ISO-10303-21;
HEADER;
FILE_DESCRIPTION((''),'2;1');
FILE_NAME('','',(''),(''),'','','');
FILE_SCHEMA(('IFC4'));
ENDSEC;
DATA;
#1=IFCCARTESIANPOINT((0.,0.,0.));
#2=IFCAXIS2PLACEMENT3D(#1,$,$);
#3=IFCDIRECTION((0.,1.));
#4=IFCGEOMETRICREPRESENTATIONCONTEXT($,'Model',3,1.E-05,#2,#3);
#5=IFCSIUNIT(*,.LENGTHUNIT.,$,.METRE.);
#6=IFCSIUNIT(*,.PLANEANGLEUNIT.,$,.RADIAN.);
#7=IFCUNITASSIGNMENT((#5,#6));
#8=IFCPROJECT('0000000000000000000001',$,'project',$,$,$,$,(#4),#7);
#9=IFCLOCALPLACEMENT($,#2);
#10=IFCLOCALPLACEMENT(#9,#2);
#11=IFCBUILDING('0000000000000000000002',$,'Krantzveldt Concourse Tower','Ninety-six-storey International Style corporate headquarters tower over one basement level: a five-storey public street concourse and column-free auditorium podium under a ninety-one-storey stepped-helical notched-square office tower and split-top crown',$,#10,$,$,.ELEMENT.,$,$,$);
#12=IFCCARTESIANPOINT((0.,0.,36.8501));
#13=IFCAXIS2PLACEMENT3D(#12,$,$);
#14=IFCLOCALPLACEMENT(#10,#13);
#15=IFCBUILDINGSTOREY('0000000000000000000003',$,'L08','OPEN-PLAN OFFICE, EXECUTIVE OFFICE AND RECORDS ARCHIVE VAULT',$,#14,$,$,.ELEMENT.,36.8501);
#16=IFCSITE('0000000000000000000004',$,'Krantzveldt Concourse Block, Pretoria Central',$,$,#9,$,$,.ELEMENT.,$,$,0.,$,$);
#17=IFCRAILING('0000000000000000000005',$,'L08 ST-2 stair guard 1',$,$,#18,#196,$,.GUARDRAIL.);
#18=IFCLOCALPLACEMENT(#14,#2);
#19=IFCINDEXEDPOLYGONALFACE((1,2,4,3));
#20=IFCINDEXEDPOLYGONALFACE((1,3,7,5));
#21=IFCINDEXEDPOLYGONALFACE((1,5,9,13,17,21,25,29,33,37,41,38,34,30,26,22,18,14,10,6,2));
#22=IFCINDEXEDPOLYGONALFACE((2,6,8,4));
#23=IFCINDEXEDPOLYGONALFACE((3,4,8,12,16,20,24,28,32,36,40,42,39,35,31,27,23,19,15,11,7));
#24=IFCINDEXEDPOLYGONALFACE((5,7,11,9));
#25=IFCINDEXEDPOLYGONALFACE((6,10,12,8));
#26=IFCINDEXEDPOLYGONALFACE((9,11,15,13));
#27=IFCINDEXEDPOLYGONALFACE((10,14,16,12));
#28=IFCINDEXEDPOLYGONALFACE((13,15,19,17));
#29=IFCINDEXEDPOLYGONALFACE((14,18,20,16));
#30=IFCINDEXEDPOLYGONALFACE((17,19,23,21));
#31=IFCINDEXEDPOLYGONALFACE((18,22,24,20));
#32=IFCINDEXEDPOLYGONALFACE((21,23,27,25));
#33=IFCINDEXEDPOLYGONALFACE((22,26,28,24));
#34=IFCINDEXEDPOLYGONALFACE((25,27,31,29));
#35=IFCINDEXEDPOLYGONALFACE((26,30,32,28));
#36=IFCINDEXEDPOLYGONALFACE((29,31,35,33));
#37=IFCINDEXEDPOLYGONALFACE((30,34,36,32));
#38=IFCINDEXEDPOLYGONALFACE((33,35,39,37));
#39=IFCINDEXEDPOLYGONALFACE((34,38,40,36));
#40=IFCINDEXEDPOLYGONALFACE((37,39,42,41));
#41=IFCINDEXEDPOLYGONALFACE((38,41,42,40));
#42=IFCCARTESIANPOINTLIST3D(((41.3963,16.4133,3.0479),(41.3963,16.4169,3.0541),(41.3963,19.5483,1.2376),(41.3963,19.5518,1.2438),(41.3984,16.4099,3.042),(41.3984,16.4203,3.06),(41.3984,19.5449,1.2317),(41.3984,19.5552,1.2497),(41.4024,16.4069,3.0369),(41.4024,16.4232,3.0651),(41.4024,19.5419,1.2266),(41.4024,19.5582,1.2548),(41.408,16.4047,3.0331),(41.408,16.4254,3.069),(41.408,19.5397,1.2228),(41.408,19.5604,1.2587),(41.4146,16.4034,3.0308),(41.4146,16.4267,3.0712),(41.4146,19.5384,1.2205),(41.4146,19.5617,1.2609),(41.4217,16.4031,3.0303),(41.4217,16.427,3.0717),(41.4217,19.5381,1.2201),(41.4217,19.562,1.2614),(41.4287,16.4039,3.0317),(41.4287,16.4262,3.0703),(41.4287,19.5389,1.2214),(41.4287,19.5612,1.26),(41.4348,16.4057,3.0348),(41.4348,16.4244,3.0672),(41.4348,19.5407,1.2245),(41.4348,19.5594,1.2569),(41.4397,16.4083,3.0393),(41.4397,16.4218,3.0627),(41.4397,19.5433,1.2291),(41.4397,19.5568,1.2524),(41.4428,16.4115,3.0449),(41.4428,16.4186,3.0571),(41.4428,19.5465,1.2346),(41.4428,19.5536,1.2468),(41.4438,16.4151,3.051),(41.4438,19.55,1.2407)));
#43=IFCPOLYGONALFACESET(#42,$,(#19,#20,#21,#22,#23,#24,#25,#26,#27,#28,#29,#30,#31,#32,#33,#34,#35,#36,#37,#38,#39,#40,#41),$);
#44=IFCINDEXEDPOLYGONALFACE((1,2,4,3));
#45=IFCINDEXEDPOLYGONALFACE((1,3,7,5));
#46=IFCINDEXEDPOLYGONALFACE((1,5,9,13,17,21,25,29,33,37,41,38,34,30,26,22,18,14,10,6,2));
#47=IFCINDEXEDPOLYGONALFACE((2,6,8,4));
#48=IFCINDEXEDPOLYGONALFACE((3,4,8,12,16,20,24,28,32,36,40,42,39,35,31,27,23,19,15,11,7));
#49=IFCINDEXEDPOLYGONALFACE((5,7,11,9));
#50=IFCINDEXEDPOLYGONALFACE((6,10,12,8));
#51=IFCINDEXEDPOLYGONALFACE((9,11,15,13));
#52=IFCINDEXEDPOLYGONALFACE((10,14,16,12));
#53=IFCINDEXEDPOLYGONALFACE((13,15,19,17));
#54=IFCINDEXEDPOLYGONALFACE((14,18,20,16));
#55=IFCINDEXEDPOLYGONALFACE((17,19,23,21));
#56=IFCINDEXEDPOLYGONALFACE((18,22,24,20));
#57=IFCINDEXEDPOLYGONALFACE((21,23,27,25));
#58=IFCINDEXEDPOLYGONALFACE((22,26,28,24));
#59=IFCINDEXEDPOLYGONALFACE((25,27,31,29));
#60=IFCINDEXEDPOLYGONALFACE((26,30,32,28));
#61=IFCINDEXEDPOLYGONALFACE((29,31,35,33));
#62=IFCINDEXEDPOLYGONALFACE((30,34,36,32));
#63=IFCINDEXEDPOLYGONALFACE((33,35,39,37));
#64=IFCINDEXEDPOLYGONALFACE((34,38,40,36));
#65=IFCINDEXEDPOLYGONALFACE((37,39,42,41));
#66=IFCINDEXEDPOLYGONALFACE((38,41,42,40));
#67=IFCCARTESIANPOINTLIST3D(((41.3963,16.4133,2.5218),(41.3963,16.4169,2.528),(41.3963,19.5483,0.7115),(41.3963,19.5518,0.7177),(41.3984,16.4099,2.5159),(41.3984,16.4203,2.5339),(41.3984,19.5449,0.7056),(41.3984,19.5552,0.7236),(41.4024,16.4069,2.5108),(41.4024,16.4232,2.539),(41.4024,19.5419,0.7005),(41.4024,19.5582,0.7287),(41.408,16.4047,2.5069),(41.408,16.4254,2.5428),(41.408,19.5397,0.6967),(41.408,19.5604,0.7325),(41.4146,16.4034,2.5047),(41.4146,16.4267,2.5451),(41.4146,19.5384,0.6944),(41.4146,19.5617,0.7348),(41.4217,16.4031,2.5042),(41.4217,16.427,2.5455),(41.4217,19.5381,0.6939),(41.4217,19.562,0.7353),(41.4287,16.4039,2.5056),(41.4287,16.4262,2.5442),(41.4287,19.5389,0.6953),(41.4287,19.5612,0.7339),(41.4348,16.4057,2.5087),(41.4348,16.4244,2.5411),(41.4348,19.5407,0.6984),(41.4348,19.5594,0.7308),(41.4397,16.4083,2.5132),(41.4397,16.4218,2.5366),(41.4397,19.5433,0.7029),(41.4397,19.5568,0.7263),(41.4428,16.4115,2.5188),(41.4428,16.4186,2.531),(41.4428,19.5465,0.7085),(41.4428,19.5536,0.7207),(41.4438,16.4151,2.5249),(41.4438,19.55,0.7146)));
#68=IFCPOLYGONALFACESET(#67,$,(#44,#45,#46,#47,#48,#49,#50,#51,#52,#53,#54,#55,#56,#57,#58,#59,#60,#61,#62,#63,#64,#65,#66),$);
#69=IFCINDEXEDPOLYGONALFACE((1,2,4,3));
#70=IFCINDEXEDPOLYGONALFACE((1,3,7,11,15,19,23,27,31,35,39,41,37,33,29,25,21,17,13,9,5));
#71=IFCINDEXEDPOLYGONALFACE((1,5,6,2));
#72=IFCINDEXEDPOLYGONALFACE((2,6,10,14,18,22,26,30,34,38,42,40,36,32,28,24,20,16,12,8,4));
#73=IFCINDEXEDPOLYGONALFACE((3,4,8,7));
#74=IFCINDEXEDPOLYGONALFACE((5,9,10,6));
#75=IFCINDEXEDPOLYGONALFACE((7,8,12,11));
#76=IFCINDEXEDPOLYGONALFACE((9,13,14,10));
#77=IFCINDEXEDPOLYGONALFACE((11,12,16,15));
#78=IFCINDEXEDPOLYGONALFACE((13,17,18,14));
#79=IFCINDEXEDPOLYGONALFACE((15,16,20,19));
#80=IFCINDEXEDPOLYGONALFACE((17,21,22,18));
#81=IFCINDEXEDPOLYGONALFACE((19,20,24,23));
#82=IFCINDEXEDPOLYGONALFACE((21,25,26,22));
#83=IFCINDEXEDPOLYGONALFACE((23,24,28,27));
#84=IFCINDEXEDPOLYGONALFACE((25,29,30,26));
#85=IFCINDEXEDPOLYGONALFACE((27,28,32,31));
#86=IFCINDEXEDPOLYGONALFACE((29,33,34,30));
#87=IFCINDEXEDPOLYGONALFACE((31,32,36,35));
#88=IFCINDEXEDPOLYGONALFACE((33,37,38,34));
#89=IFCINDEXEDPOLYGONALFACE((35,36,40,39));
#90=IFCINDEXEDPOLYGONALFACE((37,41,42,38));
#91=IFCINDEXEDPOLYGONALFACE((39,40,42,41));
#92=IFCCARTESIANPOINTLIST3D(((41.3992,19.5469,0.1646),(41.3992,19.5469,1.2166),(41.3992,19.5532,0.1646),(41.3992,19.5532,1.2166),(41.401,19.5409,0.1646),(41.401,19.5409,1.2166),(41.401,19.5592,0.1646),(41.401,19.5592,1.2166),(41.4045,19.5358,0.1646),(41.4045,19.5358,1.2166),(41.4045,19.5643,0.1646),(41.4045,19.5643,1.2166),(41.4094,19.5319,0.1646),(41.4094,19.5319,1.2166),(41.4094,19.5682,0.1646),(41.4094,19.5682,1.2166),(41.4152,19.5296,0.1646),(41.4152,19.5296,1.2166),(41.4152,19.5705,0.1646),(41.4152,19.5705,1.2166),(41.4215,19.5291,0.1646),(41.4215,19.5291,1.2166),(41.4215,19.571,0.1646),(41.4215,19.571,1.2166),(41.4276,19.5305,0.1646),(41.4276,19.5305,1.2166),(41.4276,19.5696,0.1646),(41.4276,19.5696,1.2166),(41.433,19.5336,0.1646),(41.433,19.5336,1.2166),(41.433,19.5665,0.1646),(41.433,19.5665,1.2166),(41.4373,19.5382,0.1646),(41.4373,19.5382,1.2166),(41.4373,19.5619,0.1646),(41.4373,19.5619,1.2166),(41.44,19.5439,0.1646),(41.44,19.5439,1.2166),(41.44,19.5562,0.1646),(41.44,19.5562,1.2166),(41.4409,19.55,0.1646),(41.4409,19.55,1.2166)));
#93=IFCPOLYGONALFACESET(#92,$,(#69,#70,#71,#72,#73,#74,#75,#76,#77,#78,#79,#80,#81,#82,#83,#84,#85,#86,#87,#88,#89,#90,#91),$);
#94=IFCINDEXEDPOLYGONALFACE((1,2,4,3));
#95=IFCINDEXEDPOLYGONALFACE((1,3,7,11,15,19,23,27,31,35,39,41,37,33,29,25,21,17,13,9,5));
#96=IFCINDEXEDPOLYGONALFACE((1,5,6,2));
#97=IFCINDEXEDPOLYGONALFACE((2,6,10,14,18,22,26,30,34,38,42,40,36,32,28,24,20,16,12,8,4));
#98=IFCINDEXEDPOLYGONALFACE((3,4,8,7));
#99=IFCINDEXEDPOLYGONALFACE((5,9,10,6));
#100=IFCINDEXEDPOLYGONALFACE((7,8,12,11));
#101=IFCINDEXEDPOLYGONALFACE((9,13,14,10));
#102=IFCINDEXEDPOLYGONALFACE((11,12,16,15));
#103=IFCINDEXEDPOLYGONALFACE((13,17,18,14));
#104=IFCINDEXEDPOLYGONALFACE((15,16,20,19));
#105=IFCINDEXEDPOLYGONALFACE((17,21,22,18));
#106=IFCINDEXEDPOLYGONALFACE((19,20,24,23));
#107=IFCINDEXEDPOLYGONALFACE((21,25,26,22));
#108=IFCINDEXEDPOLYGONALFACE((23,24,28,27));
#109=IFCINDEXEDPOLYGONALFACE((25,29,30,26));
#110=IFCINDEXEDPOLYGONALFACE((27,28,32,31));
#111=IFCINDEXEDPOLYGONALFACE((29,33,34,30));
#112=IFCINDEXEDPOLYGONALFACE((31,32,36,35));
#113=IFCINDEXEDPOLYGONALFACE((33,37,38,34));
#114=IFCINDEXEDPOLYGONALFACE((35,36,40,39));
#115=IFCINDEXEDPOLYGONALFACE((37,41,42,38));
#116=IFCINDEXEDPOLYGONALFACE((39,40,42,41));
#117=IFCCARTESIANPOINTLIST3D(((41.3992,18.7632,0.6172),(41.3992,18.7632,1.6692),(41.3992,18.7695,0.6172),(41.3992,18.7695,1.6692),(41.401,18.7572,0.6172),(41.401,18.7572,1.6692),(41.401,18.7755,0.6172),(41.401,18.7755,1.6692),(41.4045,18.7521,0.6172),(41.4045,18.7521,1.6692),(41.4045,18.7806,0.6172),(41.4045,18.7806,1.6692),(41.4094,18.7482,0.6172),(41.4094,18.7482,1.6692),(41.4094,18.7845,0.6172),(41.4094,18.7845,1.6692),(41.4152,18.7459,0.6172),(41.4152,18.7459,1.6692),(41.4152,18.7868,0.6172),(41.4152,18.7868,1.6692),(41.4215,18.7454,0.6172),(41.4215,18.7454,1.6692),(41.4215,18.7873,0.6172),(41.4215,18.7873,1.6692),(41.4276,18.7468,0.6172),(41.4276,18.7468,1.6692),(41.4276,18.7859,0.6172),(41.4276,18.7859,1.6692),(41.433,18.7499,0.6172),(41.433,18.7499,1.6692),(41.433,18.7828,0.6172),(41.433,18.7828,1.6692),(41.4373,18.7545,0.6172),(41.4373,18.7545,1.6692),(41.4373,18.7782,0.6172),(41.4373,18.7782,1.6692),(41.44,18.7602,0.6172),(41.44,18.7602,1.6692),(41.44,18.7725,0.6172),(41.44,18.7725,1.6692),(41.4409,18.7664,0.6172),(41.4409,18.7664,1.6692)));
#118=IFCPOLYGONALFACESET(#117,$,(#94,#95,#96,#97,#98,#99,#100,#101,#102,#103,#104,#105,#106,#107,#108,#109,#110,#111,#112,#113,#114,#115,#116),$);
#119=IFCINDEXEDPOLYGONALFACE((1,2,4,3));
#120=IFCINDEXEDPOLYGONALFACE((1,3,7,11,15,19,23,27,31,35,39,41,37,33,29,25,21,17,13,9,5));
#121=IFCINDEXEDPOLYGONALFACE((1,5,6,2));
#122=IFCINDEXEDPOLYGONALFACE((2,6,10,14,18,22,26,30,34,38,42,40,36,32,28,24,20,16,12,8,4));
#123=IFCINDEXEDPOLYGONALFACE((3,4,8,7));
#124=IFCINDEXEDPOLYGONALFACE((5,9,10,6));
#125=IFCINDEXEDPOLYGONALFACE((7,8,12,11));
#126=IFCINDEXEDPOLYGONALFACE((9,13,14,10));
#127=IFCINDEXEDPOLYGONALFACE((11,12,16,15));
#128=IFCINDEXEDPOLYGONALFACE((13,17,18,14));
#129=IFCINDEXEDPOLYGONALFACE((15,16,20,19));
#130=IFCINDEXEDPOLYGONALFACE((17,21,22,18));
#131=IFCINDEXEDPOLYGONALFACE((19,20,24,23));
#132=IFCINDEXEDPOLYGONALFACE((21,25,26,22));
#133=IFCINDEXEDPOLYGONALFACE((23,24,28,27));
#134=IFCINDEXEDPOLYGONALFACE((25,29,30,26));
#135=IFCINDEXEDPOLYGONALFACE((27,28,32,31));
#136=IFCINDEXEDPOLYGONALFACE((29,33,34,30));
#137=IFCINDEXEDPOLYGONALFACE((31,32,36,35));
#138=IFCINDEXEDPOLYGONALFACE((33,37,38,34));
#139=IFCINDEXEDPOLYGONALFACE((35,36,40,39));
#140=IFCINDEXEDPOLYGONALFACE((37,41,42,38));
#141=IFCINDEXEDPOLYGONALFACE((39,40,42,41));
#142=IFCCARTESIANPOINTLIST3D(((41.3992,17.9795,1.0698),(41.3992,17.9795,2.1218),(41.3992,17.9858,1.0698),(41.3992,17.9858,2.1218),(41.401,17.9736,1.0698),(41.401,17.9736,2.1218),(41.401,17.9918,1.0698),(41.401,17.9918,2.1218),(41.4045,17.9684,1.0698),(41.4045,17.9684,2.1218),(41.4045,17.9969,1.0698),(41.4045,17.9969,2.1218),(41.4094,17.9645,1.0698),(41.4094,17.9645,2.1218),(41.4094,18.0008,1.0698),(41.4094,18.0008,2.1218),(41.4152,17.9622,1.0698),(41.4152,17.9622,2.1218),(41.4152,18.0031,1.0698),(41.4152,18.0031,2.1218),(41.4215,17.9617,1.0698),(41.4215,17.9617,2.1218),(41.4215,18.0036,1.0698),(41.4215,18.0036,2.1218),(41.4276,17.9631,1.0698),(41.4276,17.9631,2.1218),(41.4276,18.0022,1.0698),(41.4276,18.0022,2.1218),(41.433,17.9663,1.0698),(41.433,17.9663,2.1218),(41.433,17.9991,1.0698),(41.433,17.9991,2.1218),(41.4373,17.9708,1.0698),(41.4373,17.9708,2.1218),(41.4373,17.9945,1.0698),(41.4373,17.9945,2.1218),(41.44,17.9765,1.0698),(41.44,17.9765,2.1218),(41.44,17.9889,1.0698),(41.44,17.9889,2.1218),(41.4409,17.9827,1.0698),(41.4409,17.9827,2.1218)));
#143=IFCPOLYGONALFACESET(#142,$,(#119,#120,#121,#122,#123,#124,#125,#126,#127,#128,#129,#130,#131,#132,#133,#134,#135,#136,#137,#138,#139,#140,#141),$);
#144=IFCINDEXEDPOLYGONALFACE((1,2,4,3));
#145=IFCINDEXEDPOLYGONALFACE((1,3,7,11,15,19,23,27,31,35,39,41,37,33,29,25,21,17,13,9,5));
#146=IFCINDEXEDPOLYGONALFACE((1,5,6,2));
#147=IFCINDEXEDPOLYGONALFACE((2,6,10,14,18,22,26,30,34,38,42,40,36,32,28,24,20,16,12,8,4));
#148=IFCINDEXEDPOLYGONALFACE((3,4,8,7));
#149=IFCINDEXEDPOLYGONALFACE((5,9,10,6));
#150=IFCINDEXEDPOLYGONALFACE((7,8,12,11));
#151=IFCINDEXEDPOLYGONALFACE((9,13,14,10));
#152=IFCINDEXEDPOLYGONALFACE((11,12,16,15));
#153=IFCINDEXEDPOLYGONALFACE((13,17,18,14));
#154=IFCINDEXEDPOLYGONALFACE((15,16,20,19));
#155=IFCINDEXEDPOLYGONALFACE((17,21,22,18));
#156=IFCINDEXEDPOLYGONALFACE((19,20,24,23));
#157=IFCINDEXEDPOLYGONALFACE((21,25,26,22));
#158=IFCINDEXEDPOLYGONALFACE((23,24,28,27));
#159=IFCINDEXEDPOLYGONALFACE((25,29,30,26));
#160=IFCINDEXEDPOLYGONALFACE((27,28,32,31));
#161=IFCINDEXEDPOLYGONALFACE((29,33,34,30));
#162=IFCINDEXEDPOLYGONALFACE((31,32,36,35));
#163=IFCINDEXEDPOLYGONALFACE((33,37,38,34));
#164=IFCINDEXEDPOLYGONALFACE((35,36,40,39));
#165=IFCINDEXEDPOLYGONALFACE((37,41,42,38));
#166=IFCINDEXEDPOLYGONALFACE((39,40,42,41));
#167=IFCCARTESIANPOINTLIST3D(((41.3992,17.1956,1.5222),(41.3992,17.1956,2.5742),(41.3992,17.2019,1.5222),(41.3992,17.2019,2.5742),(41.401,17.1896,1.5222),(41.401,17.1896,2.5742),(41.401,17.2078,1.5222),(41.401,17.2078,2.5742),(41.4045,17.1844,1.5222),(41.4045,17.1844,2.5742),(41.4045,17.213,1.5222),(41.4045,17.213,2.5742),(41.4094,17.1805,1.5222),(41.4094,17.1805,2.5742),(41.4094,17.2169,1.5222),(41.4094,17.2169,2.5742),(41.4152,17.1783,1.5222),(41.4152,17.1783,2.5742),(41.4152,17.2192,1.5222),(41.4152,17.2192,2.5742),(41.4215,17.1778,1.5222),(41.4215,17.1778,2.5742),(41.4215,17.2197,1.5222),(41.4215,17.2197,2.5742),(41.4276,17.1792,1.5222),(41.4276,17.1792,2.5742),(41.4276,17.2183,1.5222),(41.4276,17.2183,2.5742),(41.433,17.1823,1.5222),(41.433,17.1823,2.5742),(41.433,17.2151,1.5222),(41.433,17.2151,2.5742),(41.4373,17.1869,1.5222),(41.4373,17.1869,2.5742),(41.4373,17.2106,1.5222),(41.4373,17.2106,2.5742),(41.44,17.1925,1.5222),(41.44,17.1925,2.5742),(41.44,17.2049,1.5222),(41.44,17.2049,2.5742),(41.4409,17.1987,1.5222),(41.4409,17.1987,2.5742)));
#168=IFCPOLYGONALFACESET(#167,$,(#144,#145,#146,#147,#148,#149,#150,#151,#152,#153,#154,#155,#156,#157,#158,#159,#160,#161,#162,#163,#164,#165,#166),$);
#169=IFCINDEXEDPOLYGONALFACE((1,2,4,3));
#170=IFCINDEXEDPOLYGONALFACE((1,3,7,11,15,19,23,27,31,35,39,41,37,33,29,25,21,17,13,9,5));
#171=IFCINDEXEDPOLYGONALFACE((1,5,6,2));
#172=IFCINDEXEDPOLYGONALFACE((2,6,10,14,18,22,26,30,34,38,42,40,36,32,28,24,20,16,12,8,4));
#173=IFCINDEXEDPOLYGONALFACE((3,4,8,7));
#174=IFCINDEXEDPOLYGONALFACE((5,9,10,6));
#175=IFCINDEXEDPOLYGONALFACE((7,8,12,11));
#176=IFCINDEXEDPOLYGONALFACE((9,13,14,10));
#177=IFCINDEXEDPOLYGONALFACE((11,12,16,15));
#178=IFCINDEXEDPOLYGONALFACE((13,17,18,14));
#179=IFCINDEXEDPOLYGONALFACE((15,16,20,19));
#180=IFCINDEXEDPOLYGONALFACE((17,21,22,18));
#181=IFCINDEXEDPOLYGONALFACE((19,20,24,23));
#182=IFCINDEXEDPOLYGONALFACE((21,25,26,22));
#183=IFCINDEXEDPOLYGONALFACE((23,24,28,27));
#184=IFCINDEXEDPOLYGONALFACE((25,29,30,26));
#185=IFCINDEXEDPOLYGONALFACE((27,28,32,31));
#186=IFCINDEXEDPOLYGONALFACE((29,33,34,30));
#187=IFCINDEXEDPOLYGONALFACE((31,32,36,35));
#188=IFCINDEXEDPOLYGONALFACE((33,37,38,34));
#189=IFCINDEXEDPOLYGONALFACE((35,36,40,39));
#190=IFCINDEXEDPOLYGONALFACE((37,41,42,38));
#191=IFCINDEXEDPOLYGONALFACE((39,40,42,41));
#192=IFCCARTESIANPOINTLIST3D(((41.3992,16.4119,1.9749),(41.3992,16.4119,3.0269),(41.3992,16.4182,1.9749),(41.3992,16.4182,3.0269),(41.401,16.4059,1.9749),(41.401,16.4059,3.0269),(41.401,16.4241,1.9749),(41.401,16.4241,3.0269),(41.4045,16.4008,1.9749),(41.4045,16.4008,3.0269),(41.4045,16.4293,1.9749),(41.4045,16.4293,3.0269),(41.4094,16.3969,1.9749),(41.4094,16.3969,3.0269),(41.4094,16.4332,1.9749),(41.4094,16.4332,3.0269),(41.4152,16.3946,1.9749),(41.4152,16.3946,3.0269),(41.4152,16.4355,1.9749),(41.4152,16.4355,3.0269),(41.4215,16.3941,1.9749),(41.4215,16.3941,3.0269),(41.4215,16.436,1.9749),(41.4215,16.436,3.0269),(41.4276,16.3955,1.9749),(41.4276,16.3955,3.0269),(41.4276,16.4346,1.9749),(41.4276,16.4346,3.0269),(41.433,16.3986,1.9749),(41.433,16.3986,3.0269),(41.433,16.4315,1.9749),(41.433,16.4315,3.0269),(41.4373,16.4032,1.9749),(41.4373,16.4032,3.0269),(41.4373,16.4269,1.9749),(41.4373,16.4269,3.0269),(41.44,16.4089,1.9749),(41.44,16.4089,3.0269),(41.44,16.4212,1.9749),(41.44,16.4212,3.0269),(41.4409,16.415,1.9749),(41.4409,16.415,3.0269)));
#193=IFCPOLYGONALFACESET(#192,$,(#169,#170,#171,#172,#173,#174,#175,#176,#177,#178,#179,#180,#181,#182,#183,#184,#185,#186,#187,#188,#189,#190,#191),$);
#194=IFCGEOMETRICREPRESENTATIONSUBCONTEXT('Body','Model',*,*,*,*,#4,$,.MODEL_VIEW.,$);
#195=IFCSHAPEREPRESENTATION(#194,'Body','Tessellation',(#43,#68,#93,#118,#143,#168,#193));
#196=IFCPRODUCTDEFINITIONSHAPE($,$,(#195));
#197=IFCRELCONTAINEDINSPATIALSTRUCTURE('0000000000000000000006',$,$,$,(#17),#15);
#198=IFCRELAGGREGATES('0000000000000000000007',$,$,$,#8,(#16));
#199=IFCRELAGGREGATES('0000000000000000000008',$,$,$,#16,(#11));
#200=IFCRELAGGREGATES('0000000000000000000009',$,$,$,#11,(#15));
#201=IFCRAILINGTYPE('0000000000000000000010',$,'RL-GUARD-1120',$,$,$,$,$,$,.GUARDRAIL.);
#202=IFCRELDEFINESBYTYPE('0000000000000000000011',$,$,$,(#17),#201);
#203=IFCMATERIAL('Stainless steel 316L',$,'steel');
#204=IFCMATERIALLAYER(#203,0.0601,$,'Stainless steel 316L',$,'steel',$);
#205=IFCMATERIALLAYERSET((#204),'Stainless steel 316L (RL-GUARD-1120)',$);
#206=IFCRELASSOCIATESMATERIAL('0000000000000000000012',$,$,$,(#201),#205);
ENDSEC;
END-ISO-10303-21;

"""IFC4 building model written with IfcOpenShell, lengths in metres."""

from ifc_helpers import new_model, si_unit, direction, frame, origin, origin_2d, place, context, subcontext, project, spatial, circle, extrude, material, layer, layer_set, type_object, element, save


model = new_model("IFC4")

# Units and contexts
model_context = context("Model", 3, precision=1e-05, world=origin(), true_north=direction((0.0, 1.0)))
body_context = subcontext(model_context, "Body", "Model", "MODEL_VIEW")
ifc_project = project(units=[si_unit("LENGTHUNIT", "METRE"), si_unit("PLANEANGLEUNIT", "RADIAN")], contexts=[model_context])

# Site, building, storey
site_placement = place(None, origin())
site = spatial("IfcSite", under=ifc_project, at=site_placement, Name="Krantzveldt Concourse Block, Pretoria Central", CompositionType="ELEMENT", RefElevation=0.0)
building_placement = place(site_placement, origin())
building = spatial("IfcBuilding", under=site, at=building_placement, Name="Krantzveldt Concourse Tower", Description="Ninety-six-storey International Style corporate headquarters tower over one basement level: a five-storey public street concourse and column-free auditorium podium under a ninety-one-storey stepped-helical notched-square office tower and split-top crown", CompositionType="ELEMENT")
storey_placement = place(building_placement, frame((0.0, 0.0, 36.8501)))
storey = spatial("IfcBuildingStorey", under=building, at=storey_placement, Name="L08", Description="OPEN-PLAN OFFICE, EXECUTIVE OFFICE AND RECORDS ARCHIVE VAULT", CompositionType="ELEMENT", Elevation=36.8501)

# Shared definitions
ifc_material_1 = material(Name="Stainless steel 316L", Category="steel")

# Railing
ifc_layer_1 = layer(ifc_material_1, 0.0601, Name="Stainless steel 316L", Category="steel")
ifc_layer_set_1 = layer_set([ifc_layer_1], Name="Stainless steel 316L (RL-GUARD-1120)")
railing_type_1 = type_object("IfcRailingType", Name="RL-GUARD-1120", PredefinedType="GUARDRAIL", material=ifc_layer_set_1)
railing_1_placement = place(storey_placement, frame((41.4199, 19.55, 0.1646)))
element("IfcRailing", 1, at=railing_1_placement, inside=storey, type_object=railing_type_1, Name="L08 ST-2 stair guard 1", PredefinedType="GUARDRAIL", context=body_context, shape_type="SweptSolid", body=[
    extrude(circle(Radius=0.0239, at=origin_2d()), frame((0.0, 0.0, 1.0762), z_axis=(0.0, -0.865989, 0.500063), x_axis=(1.0, 0.0, 0.0)), (0.0, 0.0, 1.0), 3.6201),
    extrude(circle(Radius=0.0239, at=origin_2d()), frame((0.0, 0.0, 0.55), z_axis=(0.0, -0.865989, 0.500063), x_axis=(1.0, 0.0, 0.0)), (0.0, 0.0, 1.0), 3.6201),
    extrude(circle(Radius=0.021, at=origin_2d()), origin(), (0.0, 0.0, 1.0), 1.052),
    extrude(circle(Radius=0.021, at=origin_2d()), frame((0.0, -0.7837, 0.4526)), (0.0, 0.0, 1.0), 1.052),
    extrude(circle(Radius=0.021, at=origin_2d()), frame((0.0, -1.5674, 0.9053)), (0.0, 0.0, 1.0), 1.052),
    extrude(circle(Radius=0.021, at=origin_2d()), frame((0.0, -2.3513, 1.3577)), (0.0, 0.0, 1.0), 1.052),
    extrude(circle(Radius=0.021, at=origin_2d()), frame((0.0, -3.135, 1.8103)), (0.0, 0.0, 1.0), 1.052),
])

save(model, "model.ifc")
